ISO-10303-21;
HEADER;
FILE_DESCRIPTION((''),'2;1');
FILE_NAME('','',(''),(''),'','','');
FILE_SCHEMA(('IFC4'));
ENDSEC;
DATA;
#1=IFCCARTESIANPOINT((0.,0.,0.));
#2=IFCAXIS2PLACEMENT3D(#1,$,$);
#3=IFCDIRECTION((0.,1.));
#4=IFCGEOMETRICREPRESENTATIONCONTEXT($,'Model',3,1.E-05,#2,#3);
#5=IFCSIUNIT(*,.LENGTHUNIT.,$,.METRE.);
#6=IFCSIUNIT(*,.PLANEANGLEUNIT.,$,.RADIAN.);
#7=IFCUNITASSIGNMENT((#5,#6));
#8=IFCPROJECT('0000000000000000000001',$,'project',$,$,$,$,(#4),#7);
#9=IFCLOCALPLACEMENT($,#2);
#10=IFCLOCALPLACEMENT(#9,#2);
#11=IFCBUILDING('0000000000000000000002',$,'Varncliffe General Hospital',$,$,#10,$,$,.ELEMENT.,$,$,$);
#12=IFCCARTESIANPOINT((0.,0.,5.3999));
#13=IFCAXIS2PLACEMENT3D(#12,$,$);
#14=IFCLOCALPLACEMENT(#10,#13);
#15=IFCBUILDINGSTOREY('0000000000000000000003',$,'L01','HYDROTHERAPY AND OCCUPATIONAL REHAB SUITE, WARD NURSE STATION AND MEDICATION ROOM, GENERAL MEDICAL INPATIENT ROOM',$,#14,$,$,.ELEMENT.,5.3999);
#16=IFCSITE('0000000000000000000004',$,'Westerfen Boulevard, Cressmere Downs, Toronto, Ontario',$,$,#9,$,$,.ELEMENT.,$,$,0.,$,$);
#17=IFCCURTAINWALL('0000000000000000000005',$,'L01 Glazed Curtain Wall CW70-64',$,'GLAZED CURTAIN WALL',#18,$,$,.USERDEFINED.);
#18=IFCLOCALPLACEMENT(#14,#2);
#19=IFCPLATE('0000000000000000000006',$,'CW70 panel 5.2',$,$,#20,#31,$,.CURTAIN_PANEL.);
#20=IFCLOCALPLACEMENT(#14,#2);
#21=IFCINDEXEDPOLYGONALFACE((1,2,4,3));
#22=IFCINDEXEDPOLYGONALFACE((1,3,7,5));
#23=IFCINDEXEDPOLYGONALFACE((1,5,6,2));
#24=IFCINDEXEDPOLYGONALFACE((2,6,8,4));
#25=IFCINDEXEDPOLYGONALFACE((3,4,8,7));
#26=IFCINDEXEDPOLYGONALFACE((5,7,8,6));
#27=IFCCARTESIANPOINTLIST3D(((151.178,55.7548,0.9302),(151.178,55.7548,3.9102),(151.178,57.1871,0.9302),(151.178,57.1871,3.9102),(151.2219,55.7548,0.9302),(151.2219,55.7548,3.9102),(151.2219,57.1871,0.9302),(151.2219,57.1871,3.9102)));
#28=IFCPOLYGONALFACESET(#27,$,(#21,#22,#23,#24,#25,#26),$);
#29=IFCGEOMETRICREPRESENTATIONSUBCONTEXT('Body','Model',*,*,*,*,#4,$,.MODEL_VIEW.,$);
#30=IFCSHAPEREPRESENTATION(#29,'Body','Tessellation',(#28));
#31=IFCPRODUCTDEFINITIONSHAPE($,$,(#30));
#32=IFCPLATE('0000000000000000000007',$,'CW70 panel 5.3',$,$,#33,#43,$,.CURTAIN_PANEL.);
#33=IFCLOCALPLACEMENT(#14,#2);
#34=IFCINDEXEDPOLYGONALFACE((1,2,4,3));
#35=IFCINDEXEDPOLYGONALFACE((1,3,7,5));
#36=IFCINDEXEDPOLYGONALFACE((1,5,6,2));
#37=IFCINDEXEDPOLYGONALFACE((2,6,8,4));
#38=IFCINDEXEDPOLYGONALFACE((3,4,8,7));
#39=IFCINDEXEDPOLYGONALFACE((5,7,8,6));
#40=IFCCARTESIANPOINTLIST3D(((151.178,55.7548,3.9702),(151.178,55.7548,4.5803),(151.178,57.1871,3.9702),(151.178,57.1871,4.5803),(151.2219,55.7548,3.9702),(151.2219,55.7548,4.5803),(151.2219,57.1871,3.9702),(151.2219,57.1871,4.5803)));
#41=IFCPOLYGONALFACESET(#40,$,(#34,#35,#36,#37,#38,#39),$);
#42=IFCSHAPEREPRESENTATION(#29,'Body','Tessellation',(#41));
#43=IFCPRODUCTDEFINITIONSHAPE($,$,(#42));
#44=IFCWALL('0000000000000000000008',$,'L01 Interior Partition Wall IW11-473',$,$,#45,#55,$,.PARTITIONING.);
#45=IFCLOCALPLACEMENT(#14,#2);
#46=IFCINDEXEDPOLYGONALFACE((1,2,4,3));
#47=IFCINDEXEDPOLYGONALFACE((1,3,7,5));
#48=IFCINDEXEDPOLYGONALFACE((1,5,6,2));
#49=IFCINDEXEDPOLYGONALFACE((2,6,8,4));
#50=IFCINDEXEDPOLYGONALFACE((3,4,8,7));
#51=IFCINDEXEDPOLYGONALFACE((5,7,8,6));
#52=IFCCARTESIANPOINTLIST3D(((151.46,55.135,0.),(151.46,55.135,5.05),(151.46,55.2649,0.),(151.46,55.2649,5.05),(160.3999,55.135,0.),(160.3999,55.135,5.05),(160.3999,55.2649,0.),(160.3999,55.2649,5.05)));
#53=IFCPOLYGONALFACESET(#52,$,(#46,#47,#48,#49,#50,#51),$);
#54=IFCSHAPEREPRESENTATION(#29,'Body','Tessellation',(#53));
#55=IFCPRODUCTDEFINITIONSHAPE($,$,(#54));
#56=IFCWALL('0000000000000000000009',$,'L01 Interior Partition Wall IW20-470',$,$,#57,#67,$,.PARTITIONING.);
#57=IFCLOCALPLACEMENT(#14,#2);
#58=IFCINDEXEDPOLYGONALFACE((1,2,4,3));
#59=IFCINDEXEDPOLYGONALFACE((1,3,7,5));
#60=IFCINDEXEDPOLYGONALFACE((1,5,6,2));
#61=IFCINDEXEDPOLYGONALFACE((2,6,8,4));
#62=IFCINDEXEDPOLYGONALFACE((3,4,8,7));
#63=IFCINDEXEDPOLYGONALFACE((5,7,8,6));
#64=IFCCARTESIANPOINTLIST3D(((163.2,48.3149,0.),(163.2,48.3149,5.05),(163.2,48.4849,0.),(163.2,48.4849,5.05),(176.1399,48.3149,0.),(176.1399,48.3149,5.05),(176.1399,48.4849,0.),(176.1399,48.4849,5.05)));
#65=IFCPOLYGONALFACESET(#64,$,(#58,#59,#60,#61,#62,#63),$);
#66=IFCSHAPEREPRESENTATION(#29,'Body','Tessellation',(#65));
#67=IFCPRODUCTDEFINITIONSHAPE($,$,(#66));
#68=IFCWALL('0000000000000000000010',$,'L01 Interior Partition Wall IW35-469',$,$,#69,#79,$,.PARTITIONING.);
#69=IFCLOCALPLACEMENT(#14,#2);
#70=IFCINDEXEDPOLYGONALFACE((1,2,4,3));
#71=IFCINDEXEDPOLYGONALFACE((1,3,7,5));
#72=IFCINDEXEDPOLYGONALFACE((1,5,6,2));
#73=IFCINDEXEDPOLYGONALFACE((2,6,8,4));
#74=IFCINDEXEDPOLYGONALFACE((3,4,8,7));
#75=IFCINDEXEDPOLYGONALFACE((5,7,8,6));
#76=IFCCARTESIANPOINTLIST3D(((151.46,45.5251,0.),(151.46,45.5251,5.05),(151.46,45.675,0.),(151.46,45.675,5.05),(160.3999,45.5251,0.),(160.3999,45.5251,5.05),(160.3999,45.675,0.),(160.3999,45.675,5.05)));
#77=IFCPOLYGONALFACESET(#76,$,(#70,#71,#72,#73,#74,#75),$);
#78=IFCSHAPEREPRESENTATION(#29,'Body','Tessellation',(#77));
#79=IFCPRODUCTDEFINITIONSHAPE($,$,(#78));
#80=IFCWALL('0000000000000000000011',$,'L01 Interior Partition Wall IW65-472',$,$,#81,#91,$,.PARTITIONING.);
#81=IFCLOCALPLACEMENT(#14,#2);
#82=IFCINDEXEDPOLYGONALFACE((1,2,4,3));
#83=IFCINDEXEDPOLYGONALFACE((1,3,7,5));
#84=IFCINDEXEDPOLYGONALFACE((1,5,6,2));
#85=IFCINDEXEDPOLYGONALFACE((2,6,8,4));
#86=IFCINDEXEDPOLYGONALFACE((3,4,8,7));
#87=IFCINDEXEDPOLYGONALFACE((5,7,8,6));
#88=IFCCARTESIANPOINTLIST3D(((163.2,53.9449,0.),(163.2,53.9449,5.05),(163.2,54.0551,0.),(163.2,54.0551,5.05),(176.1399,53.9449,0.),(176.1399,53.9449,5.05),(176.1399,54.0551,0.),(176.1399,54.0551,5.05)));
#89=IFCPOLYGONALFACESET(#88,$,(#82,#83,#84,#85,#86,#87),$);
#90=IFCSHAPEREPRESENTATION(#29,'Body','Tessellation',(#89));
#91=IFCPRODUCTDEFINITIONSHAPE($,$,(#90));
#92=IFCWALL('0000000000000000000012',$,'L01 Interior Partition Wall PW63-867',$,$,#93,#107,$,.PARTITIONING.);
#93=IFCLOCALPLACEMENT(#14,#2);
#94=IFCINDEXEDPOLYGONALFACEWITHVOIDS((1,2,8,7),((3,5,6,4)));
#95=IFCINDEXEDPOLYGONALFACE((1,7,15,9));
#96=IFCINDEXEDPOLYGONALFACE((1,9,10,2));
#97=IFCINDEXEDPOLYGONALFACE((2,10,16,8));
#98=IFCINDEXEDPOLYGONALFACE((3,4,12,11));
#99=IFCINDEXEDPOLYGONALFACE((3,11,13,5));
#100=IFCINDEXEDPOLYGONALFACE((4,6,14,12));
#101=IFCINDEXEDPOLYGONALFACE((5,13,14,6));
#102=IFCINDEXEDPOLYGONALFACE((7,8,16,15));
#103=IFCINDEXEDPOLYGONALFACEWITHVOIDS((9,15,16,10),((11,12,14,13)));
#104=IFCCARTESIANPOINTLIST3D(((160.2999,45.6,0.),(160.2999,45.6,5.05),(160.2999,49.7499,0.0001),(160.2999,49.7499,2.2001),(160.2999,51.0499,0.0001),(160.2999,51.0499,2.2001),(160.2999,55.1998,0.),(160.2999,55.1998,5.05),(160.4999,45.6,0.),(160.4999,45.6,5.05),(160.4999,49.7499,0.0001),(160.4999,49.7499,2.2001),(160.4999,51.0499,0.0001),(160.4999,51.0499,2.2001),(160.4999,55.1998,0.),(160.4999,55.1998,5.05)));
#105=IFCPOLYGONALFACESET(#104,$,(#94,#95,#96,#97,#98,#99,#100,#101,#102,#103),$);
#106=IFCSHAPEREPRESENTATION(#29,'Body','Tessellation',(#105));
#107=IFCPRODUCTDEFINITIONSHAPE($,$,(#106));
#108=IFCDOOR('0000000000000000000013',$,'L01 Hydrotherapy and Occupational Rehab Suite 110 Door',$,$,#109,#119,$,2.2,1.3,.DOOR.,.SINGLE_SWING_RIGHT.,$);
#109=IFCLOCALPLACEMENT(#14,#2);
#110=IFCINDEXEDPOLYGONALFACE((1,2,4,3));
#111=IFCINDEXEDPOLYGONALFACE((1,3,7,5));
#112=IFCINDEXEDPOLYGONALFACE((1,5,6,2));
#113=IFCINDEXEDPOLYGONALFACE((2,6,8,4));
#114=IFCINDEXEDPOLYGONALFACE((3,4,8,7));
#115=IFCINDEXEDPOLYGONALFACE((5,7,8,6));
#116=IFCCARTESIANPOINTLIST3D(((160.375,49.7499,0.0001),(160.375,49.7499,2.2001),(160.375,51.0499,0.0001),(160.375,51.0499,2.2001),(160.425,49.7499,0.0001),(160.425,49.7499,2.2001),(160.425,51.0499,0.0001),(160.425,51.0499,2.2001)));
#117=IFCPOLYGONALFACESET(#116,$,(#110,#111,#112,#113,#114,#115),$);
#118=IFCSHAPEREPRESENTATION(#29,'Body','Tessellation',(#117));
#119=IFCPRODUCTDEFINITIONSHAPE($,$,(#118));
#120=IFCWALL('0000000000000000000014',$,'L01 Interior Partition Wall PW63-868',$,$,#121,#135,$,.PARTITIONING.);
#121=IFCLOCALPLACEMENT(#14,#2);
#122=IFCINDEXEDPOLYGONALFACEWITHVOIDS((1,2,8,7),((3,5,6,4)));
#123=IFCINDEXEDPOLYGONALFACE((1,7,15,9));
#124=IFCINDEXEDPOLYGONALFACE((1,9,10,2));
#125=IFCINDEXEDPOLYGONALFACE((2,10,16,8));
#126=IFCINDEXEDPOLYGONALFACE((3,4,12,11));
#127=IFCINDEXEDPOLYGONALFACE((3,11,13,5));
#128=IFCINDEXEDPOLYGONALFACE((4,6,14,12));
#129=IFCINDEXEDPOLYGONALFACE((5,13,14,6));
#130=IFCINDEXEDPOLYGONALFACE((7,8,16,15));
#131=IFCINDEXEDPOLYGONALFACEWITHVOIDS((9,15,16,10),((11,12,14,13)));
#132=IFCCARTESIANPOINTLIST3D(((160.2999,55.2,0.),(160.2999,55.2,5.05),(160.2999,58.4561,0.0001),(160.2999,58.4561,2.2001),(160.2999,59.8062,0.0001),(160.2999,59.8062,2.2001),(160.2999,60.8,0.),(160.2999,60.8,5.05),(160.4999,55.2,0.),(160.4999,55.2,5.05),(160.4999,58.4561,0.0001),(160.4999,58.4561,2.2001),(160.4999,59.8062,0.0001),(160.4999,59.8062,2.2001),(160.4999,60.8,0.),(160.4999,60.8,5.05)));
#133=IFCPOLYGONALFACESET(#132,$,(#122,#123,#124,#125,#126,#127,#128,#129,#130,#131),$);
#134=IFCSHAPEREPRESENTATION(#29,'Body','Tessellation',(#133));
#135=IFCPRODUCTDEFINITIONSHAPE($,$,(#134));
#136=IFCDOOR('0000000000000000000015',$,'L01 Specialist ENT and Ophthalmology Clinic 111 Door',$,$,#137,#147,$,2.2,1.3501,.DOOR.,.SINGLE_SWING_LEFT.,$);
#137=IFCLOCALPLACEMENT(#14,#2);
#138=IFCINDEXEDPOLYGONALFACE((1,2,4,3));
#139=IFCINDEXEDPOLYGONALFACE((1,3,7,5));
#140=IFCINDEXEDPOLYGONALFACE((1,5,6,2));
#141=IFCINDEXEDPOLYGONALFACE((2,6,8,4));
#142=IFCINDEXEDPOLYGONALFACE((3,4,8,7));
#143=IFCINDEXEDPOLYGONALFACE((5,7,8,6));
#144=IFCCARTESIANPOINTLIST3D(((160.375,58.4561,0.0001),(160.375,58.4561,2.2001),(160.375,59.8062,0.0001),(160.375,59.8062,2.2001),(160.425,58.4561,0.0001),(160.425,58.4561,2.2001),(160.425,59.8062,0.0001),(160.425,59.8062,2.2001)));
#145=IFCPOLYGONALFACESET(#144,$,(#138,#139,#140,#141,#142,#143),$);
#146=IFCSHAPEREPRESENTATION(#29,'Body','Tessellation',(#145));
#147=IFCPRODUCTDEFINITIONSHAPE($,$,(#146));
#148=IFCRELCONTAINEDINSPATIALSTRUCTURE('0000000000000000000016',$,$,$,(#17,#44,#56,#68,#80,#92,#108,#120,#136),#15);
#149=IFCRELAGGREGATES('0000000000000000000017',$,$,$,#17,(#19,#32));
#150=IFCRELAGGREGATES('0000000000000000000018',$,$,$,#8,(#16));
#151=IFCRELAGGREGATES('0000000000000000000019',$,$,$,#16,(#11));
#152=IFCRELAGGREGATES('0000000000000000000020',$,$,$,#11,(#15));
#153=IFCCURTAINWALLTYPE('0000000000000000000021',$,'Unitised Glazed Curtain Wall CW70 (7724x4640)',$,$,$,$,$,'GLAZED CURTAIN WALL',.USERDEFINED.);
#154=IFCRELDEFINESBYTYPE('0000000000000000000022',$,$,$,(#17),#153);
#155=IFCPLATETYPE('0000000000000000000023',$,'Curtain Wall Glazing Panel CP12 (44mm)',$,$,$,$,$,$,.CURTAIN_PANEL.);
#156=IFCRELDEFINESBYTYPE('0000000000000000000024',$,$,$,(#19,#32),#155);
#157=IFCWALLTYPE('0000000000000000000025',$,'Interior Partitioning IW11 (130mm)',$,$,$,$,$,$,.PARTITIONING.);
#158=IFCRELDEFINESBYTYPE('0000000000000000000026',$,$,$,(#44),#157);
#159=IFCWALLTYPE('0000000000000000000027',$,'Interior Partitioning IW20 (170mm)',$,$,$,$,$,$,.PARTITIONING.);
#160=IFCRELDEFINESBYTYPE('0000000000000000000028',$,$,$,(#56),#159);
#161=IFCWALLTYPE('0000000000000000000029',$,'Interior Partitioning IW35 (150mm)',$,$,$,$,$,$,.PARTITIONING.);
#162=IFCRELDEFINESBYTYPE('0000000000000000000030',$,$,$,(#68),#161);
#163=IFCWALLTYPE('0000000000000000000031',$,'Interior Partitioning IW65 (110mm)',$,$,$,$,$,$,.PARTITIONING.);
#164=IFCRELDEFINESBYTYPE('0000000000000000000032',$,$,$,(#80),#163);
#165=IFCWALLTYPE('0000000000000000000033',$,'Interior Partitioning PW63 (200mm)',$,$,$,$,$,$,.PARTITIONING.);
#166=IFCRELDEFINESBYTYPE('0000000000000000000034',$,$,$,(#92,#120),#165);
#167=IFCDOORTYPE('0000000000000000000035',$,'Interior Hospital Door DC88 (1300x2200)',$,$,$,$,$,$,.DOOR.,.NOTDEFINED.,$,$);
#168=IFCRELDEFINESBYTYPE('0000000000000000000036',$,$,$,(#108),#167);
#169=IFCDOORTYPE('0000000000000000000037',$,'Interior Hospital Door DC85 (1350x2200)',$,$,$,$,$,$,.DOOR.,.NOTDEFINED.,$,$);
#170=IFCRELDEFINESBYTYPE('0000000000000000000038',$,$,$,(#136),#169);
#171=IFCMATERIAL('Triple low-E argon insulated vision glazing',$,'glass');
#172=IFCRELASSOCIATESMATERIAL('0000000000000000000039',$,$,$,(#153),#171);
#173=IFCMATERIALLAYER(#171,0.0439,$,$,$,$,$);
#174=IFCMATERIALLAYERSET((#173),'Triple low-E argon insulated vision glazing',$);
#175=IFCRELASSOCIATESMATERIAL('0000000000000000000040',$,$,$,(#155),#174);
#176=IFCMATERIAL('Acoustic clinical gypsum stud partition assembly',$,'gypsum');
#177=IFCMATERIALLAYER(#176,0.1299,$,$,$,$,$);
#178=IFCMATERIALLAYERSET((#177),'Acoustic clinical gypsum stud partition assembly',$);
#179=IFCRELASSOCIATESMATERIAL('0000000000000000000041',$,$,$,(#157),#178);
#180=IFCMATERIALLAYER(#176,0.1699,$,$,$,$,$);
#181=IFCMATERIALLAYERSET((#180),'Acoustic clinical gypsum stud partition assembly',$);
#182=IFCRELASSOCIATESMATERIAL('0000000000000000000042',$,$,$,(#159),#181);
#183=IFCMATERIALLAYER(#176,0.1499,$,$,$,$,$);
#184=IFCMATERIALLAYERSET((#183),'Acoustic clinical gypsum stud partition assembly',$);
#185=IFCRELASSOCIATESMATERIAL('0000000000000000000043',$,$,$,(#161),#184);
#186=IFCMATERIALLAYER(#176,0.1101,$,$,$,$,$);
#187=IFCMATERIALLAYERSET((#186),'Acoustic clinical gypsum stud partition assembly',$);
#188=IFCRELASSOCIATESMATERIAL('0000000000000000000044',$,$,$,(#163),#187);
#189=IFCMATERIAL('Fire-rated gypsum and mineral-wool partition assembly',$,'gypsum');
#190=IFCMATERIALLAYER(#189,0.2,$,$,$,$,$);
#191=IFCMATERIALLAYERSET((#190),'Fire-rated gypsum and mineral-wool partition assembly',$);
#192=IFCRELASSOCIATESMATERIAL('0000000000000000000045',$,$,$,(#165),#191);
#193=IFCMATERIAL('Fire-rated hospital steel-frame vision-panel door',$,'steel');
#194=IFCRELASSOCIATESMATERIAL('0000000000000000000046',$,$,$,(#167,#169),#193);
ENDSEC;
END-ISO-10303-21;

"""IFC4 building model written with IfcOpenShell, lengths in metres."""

from ifc_helpers import new_model, si_unit, direction, frame, frame_2d, origin, origin_2d, place, context, subcontext, project, spatial, rectangle, extrude, material, layer, layer_set, type_object, element, fill, aggregate, save


model = new_model("IFC4")

# Units and contexts
model_context = context("Model", 3, precision=1e-05, world=origin(), true_north=direction((0.0, 1.0)))
body_context = subcontext(model_context, "Body", "Model", "MODEL_VIEW")
ifc_project = project(units=[si_unit("LENGTHUNIT", "METRE"), si_unit("PLANEANGLEUNIT", "RADIAN")], contexts=[model_context])

# Site, building, storey
site_placement = place(None, origin())
site = spatial("IfcSite", under=ifc_project, at=site_placement, Name="Westerfen Boulevard, Cressmere Downs, Toronto, Ontario", CompositionType="ELEMENT", RefElevation=0.0)
building_placement = place(site_placement, origin())
building = spatial("IfcBuilding", under=site, at=building_placement, Name="Varncliffe General Hospital", CompositionType="ELEMENT")
storey_placement = place(building_placement, frame((0.0, 0.0, 5.3999)))
storey = spatial("IfcBuildingStorey", under=building, at=storey_placement, Name="L01", Description="HYDROTHERAPY AND OCCUPATIONAL REHAB SUITE, WARD NURSE STATION AND MEDICATION ROOM, GENERAL MEDICAL INPATIENT ROOM", CompositionType="ELEMENT", Elevation=5.3999)

# Curtain wall
ifc_material_1 = material(Name="Triple low-E argon insulated vision glazing", Category="glass")
curtain_wall_type = type_object("IfcCurtainWallType", Name="Unitised Glazed Curtain Wall CW70 (7724x4640)", ElementType="GLAZED CURTAIN WALL", PredefinedType="USERDEFINED", material=ifc_material_1)
curtain_wall_placement = place(storey_placement, origin())
curtain_wall = element("IfcCurtainWall", 1, at=curtain_wall_placement, inside=storey, type_object=curtain_wall_type, Name="L01 Glazed Curtain Wall CW70-64", ObjectType="GLAZED CURTAIN WALL", PredefinedType="USERDEFINED")

# Plates
ifc_layer_1 = layer(ifc_material_1, 0.0439)
ifc_layer_set_1 = layer_set([ifc_layer_1], Name="Triple low-E argon insulated vision glazing")
plate_type = type_object("IfcPlateType", Name="Curtain Wall Glazing Panel CP12 (44mm)", PredefinedType="CURTAIN_PANEL", material=ifc_layer_set_1)
plate_1_placement = place(storey_placement, frame((151.2, 56.4709, 0.9302), z_axis=(0.0, 0.0, 1.0), x_axis=(0.0, 1.0, 0.0)))
plate_1 = element("IfcPlate", 2, at=plate_1_placement, type_object=plate_type, Name="CW70 panel 5.2", PredefinedType="CURTAIN_PANEL", context=body_context, shape_type="SweptSolid", body=[
    extrude(rectangle(XDim=1.4324, YDim=0.0439, at=origin_2d()), origin(), (0.0, 0.0, 1.0), 2.98),
])
plate_2_placement = place(storey_placement, frame((151.2, 56.4709, 3.9702), z_axis=(0.0, 0.0, 1.0), x_axis=(0.0, 1.0, 0.0)))
plate_2 = element("IfcPlate", 3, at=plate_2_placement, type_object=plate_type, Name="CW70 panel 5.3", PredefinedType="CURTAIN_PANEL", context=body_context, shape_type="SweptSolid", body=[
    extrude(rectangle(XDim=1.4324, YDim=0.0439, at=origin_2d()), origin(), (0.0, 0.0, 1.0), 0.6101),
])
aggregate(curtain_wall, [plate_1, plate_2])

# Walls
ifc_material_2 = material(Name="Acoustic clinical gypsum stud partition assembly", Category="gypsum")
ifc_layer_2 = layer(ifc_material_2, 0.1299)
ifc_layer_set_2 = layer_set([ifc_layer_2], Name="Acoustic clinical gypsum stud partition assembly")
wall_type_1 = type_object("IfcWallType", Name="Interior Partitioning IW11 (130mm)", PredefinedType="PARTITIONING", material=ifc_layer_set_2)
wall_1_placement = place(storey_placement, frame((151.46, 55.2, 0.0), z_axis=(0.0, 0.0, 1.0), x_axis=(1.0, 0.0, 0.0)))
element("IfcWall", 4, at=wall_1_placement, inside=storey, type_object=wall_type_1, Name="L01 Interior Partition Wall IW11-473", PredefinedType="PARTITIONING", context=body_context, shape_type="SweptSolid", body=[
    extrude(rectangle(XDim=8.9399, YDim=0.1299, at=frame_2d((4.47, 0.0))), origin(), (0.0, 0.0, 1.0), 5.05),
])
ifc_layer_3 = layer(ifc_material_2, 0.1699)
ifc_layer_set_3 = layer_set([ifc_layer_3], Name="Acoustic clinical gypsum stud partition assembly")
wall_type_2 = type_object("IfcWallType", Name="Interior Partitioning IW20 (170mm)", PredefinedType="PARTITIONING", material=ifc_layer_set_3)
wall_2_placement = place(storey_placement, frame((163.2, 48.3999, 0.0), z_axis=(0.0, 0.0, 1.0), x_axis=(1.0, 0.0, 0.0)))
element("IfcWall", 5, at=wall_2_placement, inside=storey, type_object=wall_type_2, Name="L01 Interior Partition Wall IW20-470", PredefinedType="PARTITIONING", context=body_context, shape_type="SweptSolid", body=[
    extrude(rectangle(XDim=12.9399, YDim=0.1699, at=frame_2d((6.47, 0.0))), origin(), (0.0, 0.0, 1.0), 5.05),
])
ifc_layer_4 = layer(ifc_material_2, 0.1499)
ifc_layer_set_4 = layer_set([ifc_layer_4], Name="Acoustic clinical gypsum stud partition assembly")
wall_type_3 = type_object("IfcWallType", Name="Interior Partitioning IW35 (150mm)", PredefinedType="PARTITIONING", material=ifc_layer_set_4)
wall_3_placement = place(storey_placement, frame((151.46, 45.6001, 0.0), z_axis=(0.0, 0.0, 1.0), x_axis=(1.0, 0.0, 0.0)))
element("IfcWall", 6, at=wall_3_placement, inside=storey, type_object=wall_type_3, Name="L01 Interior Partition Wall IW35-469", PredefinedType="PARTITIONING", context=body_context, shape_type="SweptSolid", body=[
    extrude(rectangle(XDim=8.9399, YDim=0.1499, at=frame_2d((4.47, 0.0))), origin(), (0.0, 0.0, 1.0), 5.05),
])
ifc_layer_5 = layer(ifc_material_2, 0.1101)
ifc_layer_set_5 = layer_set([ifc_layer_5], Name="Acoustic clinical gypsum stud partition assembly")
wall_type_4 = type_object("IfcWallType", Name="Interior Partitioning IW65 (110mm)", PredefinedType="PARTITIONING", material=ifc_layer_set_5)
wall_4_placement = place(storey_placement, frame((163.2, 54.0, 0.0), z_axis=(0.0, 0.0, 1.0), x_axis=(1.0, 0.0, 0.0)))
element("IfcWall", 7, at=wall_4_placement, inside=storey, type_object=wall_type_4, Name="L01 Interior Partition Wall IW65-472", PredefinedType="PARTITIONING", context=body_context, shape_type="SweptSolid", body=[
    extrude(rectangle(XDim=12.9399, YDim=0.1101, at=frame_2d((6.47, 0.0))), origin(), (0.0, 0.0, 1.0), 5.05),
])

# Walls, openings, doors
ifc_material_3 = material(Name="Fire-rated gypsum and mineral-wool partition assembly", Category="gypsum")
ifc_layer_6 = layer(ifc_material_3, 0.2)
ifc_layer_set_6 = layer_set([ifc_layer_6], Name="Fire-rated gypsum and mineral-wool partition assembly")
wall_type_5 = type_object("IfcWallType", Name="Interior Partitioning PW63 (200mm)", PredefinedType="PARTITIONING", material=ifc_layer_set_6)
wall_5_placement = place(storey_placement, frame((160.3999, 45.6001, 0.0), z_axis=(0.0, 0.0, 1.0), x_axis=(0.0, 1.0, 0.0)))
wall_5 = element("IfcWall", 8, at=wall_5_placement, inside=storey, type_object=wall_type_5, Name="L01 Interior Partition Wall PW63-867", PredefinedType="PARTITIONING", context=body_context, shape_type="SweptSolid", body=[
    extrude(rectangle(XDim=9.5999, YDim=0.2, at=frame_2d((4.7998, 0.0))), origin(), (0.0, 0.0, 1.0), 5.05),
])
opening_1_placement = place(wall_5_placement, frame((4.1499, 0.0, 0.0)))
opening_1 = element("IfcOpeningElement", 9, at=opening_1_placement, cuts=wall_5, PredefinedType="OPENING", context=body_context, shape_type="SweptSolid", body=[
    extrude(rectangle(XDim=1.3, YDim=2.2, at=frame_2d((0.6499, 1.1001))), frame((0.0, 0.1099, 0.0), z_axis=(0.0, -1.0, 0.0), x_axis=(1.0, 0.0, 0.0)), (0.0, 0.0, 1.0), 0.22),
])
ifc_material_4 = material(Name="Fire-rated hospital steel-frame vision-panel door", Category="steel")
door_type_1 = type_object("IfcDoorType", Name="Interior Hospital Door DC88 (1300x2200)", OperationType="NOTDEFINED", PredefinedType="DOOR", material=ifc_material_4)
door_1_placement = place(opening_1_placement, origin())
door_1 = element("IfcDoor", 10, at=door_1_placement, inside=storey, type_object=door_type_1, Name="L01 Hydrotherapy and Occupational Rehab Suite 110 Door", OperationType="SINGLE_SWING_RIGHT", OverallHeight=2.2, OverallWidth=1.3, PredefinedType="DOOR", context=body_context, shape_type="SweptSolid", body=[
    extrude(rectangle(XDim=1.3, YDim=2.2, at=frame_2d((0.6499, 1.1001))), frame((0.0, 0.0249, 0.0), z_axis=(0.0, -1.0, 0.0), x_axis=(1.0, 0.0, 0.0)), (0.0, 0.0, 1.0), 0.05),
])
fill(opening_1, door_1)
wall_6_placement = place(storey_placement, frame((160.3999, 55.2, 0.0), z_axis=(0.0, 0.0, 1.0), x_axis=(0.0, 1.0, 0.0)))
wall_6 = element("IfcWall", 11, at=wall_6_placement, inside=storey, type_object=wall_type_5, Name="L01 Interior Partition Wall PW63-868", PredefinedType="PARTITIONING", context=body_context, shape_type="SweptSolid", body=[
    extrude(rectangle(XDim=5.6001, YDim=0.2, at=frame_2d((2.8, 0.0))), origin(), (0.0, 0.0, 1.0), 5.05),
])
opening_2_placement = place(wall_6_placement, frame((3.2561, 0.0, 0.0)))
opening_2 = element("IfcOpeningElement", 12, at=opening_2_placement, cuts=wall_6, PredefinedType="OPENING", context=body_context, shape_type="SweptSolid", body=[
    extrude(rectangle(XDim=1.3501, YDim=2.2, at=frame_2d((0.675, 1.1001))), frame((0.0, 0.1099, 0.0), z_axis=(0.0, -1.0, 0.0), x_axis=(1.0, 0.0, 0.0)), (0.0, 0.0, 1.0), 0.22),
])
door_type_2 = type_object("IfcDoorType", Name="Interior Hospital Door DC85 (1350x2200)", OperationType="NOTDEFINED", PredefinedType="DOOR", material=ifc_material_4)
door_2_placement = place(opening_2_placement, origin())
door_2 = element("IfcDoor", 13, at=door_2_placement, inside=storey, type_object=door_type_2, Name="L01 Specialist ENT and Ophthalmology Clinic 111 Door", OperationType="SINGLE_SWING_LEFT", OverallHeight=2.2, OverallWidth=1.3501, PredefinedType="DOOR", context=body_context, shape_type="SweptSolid", body=[
    extrude(rectangle(XDim=1.3501, YDim=2.2, at=frame_2d((0.675, 1.1001))), frame((0.0, 0.0249, 0.0), z_axis=(0.0, -1.0, 0.0), x_axis=(1.0, 0.0, 0.0)), (0.0, 0.0, 1.0), 0.05),
])
fill(opening_2, door_2)

save(model, "model.ifc")
